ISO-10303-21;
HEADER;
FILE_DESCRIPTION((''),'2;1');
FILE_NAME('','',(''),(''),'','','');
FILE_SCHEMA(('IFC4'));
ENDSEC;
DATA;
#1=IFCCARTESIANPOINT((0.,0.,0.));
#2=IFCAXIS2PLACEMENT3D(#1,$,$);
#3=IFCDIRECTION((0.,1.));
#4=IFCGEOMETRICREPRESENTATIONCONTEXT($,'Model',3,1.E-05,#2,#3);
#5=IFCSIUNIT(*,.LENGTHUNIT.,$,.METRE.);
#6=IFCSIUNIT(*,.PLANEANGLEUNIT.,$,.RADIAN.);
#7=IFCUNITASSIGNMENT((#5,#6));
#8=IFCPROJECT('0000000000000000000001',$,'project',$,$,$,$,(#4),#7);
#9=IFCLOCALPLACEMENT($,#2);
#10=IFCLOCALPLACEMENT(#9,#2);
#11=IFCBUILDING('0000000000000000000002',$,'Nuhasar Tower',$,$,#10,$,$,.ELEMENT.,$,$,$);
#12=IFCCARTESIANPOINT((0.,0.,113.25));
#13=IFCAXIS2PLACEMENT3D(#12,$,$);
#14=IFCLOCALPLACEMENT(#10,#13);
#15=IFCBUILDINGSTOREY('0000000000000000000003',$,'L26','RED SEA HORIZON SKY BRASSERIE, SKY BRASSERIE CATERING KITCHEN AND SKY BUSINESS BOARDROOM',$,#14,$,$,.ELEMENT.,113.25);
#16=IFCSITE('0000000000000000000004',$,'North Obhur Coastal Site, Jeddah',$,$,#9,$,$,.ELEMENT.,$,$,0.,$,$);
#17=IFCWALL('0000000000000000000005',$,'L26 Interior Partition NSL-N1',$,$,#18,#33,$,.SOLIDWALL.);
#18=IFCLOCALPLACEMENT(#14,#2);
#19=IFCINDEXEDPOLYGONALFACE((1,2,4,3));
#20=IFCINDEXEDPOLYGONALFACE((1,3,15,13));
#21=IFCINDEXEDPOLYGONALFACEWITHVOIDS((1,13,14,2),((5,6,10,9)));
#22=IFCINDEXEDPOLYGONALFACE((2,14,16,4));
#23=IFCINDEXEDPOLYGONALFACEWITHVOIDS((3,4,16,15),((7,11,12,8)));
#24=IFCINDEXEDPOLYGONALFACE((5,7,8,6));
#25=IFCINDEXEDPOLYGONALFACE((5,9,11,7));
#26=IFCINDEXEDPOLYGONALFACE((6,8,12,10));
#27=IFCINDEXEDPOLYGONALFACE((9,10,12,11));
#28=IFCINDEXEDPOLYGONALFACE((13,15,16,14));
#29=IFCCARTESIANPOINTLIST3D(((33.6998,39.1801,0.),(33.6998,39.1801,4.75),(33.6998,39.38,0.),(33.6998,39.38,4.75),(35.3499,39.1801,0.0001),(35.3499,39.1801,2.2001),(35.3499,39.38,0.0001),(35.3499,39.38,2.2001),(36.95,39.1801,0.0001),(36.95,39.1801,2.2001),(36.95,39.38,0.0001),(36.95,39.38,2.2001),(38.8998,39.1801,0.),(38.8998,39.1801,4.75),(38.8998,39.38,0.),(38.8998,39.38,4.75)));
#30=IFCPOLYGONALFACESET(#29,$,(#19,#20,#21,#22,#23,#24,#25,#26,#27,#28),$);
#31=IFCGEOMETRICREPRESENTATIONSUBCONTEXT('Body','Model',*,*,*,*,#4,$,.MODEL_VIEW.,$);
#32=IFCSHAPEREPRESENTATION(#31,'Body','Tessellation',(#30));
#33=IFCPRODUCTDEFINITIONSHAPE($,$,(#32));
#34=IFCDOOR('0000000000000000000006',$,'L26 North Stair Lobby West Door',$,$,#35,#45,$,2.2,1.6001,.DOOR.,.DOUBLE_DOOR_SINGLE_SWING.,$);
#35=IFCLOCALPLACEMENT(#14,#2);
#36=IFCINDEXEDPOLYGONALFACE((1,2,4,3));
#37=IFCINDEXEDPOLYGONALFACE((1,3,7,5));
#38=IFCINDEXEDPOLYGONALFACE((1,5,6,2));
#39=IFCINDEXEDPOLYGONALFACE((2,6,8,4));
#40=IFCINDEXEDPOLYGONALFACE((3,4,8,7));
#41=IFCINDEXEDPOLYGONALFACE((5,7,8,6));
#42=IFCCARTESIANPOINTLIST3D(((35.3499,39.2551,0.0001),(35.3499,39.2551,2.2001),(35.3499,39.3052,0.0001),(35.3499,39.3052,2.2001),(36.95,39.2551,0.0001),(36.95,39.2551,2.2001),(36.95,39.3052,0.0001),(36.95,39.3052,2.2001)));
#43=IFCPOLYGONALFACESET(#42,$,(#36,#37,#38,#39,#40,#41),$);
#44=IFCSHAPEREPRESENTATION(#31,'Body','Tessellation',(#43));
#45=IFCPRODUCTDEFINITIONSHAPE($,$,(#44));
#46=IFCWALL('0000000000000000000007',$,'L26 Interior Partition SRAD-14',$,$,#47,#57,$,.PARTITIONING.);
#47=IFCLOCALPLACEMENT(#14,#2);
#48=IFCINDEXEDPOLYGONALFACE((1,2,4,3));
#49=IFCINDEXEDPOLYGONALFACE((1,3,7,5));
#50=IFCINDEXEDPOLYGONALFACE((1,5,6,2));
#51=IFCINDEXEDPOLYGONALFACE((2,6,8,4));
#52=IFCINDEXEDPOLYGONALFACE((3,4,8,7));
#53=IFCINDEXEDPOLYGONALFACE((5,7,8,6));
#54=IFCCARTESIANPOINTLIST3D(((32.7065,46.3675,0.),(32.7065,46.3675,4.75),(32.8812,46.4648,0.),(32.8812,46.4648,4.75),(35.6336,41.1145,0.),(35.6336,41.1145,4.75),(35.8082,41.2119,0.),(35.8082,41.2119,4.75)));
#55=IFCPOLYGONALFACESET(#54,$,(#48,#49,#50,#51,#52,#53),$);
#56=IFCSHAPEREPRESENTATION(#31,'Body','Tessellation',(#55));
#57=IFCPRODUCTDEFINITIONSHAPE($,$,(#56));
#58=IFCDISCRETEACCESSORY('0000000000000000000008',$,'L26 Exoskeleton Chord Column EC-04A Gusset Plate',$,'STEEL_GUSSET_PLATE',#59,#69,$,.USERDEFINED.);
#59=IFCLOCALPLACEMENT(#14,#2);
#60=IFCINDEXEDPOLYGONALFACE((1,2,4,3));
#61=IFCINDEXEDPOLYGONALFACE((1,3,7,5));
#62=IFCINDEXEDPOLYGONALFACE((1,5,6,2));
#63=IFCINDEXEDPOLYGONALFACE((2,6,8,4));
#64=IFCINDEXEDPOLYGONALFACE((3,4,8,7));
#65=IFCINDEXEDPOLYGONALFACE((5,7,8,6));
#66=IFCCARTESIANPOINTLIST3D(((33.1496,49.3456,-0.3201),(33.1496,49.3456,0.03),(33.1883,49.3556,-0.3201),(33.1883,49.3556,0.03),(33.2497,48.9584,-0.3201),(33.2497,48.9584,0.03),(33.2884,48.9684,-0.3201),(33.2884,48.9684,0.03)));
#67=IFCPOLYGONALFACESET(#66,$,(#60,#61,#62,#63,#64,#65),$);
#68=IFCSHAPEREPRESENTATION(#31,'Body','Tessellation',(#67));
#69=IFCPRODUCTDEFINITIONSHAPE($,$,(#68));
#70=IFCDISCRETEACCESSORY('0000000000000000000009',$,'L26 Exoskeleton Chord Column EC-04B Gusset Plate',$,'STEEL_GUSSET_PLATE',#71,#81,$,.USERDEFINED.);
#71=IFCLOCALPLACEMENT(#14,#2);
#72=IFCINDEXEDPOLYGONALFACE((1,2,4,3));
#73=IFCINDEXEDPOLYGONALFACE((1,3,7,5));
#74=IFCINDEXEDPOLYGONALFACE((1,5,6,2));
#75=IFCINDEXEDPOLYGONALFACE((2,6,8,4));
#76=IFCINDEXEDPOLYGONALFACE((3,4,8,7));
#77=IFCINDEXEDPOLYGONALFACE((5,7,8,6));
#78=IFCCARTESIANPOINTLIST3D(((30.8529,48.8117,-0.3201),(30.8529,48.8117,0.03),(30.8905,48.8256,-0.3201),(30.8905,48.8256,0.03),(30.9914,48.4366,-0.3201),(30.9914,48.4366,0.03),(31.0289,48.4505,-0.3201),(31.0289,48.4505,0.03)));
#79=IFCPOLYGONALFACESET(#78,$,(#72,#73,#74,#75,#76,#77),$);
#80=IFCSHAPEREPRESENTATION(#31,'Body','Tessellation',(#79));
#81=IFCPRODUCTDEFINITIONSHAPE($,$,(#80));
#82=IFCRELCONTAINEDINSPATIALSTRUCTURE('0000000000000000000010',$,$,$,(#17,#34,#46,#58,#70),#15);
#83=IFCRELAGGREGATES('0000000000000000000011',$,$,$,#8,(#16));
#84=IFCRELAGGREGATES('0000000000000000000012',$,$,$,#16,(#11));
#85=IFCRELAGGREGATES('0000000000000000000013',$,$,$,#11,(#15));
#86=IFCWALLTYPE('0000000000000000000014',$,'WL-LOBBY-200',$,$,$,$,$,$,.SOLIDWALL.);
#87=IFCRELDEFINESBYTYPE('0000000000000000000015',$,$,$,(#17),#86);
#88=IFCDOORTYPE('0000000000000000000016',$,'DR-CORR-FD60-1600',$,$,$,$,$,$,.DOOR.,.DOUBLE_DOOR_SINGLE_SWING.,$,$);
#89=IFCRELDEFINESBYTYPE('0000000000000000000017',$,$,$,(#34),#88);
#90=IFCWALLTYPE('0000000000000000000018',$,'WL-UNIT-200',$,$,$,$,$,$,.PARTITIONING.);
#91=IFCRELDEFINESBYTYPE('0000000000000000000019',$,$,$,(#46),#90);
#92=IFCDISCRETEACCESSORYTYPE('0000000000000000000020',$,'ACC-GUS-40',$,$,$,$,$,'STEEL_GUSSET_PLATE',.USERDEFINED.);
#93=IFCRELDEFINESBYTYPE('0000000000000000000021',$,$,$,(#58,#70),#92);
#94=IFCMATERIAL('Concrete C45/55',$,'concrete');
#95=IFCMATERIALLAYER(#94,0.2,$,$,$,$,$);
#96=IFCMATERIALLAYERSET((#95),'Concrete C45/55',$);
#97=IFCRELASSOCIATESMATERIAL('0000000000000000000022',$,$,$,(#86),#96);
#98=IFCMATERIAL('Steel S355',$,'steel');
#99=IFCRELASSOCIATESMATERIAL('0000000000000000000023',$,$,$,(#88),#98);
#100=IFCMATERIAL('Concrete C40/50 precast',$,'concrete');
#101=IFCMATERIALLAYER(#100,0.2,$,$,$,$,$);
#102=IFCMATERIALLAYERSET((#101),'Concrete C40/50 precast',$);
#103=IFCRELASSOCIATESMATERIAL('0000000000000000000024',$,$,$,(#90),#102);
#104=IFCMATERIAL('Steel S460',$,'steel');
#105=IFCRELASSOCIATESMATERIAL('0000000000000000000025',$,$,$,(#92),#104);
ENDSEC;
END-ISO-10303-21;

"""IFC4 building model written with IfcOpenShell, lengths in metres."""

from ifc_helpers import new_model, si_unit, direction, frame, frame_2d, origin, origin_2d, place, context, subcontext, project, spatial, rectangle, extrude, material, layer, layer_set, type_object, element, fill, save


model = new_model("IFC4")

# Units and contexts
model_context = context("Model", 3, precision=1e-05, world=origin(), true_north=direction((0.0, 1.0)))
body_context = subcontext(model_context, "Body", "Model", "MODEL_VIEW")
ifc_project = project(units=[si_unit("LENGTHUNIT", "METRE"), si_unit("PLANEANGLEUNIT", "RADIAN")], contexts=[model_context])

# Site, building, storey
site_placement = place(None, origin())
site = spatial("IfcSite", under=ifc_project, at=site_placement, Name="North Obhur Coastal Site, Jeddah", CompositionType="ELEMENT", RefElevation=0.0)
building_placement = place(site_placement, origin())
building = spatial("IfcBuilding", under=site, at=building_placement, Name="Nuhasar Tower", CompositionType="ELEMENT")
storey_placement = place(building_placement, frame((0.0, 0.0, 113.25)))
storey = spatial("IfcBuildingStorey", under=building, at=storey_placement, Name="L26", Description="RED SEA HORIZON SKY BRASSERIE, SKY BRASSERIE CATERING KITCHEN AND SKY BUSINESS BOARDROOM", CompositionType="ELEMENT", Elevation=113.25)

# Shared definitions
ifc_material_1 = material(Name="Steel S460", Category="steel")

# Shared definitions
ifc_material_2 = material(Name="Steel S355", Category="steel")

# Shared definitions
ifc_material_3 = material(Name="Concrete C45/55", Category="concrete")
ifc_layer_1 = layer(ifc_material_3, 0.2)
ifc_layer_set_1 = layer_set([ifc_layer_1], Name="Concrete C45/55")
wall_type_1 = type_object("IfcWallType", Name="WL-LOBBY-200", PredefinedType="SOLIDWALL", material=ifc_layer_set_1)

# Wall, opening, door
wall_1_placement = place(storey_placement, frame((38.8999, 39.28, 0.0), z_axis=(0.0, 0.0, 1.0), x_axis=(-1.0, 0.0, 0.0)))
wall_1 = element("IfcWall", 1, at=wall_1_placement, inside=storey, type_object=wall_type_1, Name="L26 Interior Partition NSL-N1", PredefinedType="SOLIDWALL", context=body_context, shape_type="SweptSolid", body=[
    extrude(rectangle(XDim=5.2, YDim=0.2, at=frame_2d((2.6001, 0.0))), origin(), (0.0, 0.0, 1.0), 4.75),
])
opening_1_placement = place(wall_1_placement, frame((1.95, 0.0, 0.0)))
opening_1 = element("IfcOpeningElement", 2, at=opening_1_placement, cuts=wall_1, PredefinedType="OPENING", context=body_context, shape_type="SweptSolid", body=[
    extrude(rectangle(XDim=1.6001, YDim=2.2, at=frame_2d((0.8, 1.1001))), frame((0.0, 0.1099, 0.0), z_axis=(0.0, -1.0, 0.0), x_axis=(1.0, 0.0, 0.0)), (0.0, 0.0, 1.0), 0.22),
])
door_type_1 = type_object("IfcDoorType", Name="DR-CORR-FD60-1600", OperationType="DOUBLE_DOOR_SINGLE_SWING", PredefinedType="DOOR", material=ifc_material_2)
door_1_placement = place(opening_1_placement, origin())
door_1 = element("IfcDoor", 3, at=door_1_placement, inside=storey, type_object=door_type_1, Name="L26 North Stair Lobby West Door", OperationType="DOUBLE_DOOR_SINGLE_SWING", OverallHeight=2.2, OverallWidth=1.6001, PredefinedType="DOOR", context=body_context, shape_type="SweptSolid", body=[
    extrude(rectangle(XDim=1.6001, YDim=2.2, at=frame_2d((0.8, 1.1001))), frame((0.0, 0.0249, 0.0), z_axis=(0.0, -1.0, 0.0), x_axis=(1.0, 0.0, 0.0)), (0.0, 0.0, 1.0), 0.05),
])
fill(opening_1, door_1)

# Wall
ifc_material_4 = material(Name="Concrete C40/50 precast", Category="concrete")
ifc_layer_2 = layer(ifc_material_4, 0.2)
ifc_layer_set_2 = layer_set([ifc_layer_2], Name="Concrete C40/50 precast")
wall_type_2 = type_object("IfcWallType", Name="WL-UNIT-200", PredefinedType="PARTITIONING", material=ifc_layer_set_2)
wall_2_placement = place(storey_placement, frame((35.7209, 41.1631, 0.0), z_axis=(0.0, 0.0, 1.0), x_axis=(-0.486749, 0.873542, 0.0)))
element("IfcWall", 4, at=wall_2_placement, inside=storey, type_object=wall_type_2, Name="L26 Interior Partition SRAD-14", PredefinedType="PARTITIONING", context=body_context, shape_type="SweptSolid", body=[
    extrude(rectangle(XDim=6.0134, YDim=0.2, at=frame_2d((3.0068, 0.0))), origin(), (0.0, 0.0, 1.0), 4.75),
])

# Discrete accessories
discrete_accessory_type = type_object("IfcDiscreteAccessoryType", Name="ACC-GUS-40", ElementType="STEEL_GUSSET_PLATE", PredefinedType="USERDEFINED", material=ifc_material_1)
for number, where, z_axis, x_axis, name in (
    (5, (33.219, 49.157, -0.3201), (0.0, 0.0, 1.0), (-0.250346, 0.968156, 0.0), "L26 Exoskeleton Chord Column EC-04A Gusset Plate"),
    (6, (30.9409, 48.6311, -0.3201), (0.0, 0.0, 1.0), (-0.346314, 0.938119, 0.0), "L26 Exoskeleton Chord Column EC-04B Gusset Plate"),
):
    element("IfcDiscreteAccessory", number, at=place(storey_placement, frame(where, z_axis=z_axis, x_axis=x_axis)), inside=storey, type_object=discrete_accessory_type, Name=name, ObjectType="STEEL_GUSSET_PLATE", PredefinedType="USERDEFINED", context=body_context, shape_type="SweptSolid", body=[
        extrude(rectangle(XDim=0.3999, YDim=0.04, at=origin_2d()), origin(), (0.0, 0.0, 1.0), 0.3501),
    ])

save(model, "model.ifc")
